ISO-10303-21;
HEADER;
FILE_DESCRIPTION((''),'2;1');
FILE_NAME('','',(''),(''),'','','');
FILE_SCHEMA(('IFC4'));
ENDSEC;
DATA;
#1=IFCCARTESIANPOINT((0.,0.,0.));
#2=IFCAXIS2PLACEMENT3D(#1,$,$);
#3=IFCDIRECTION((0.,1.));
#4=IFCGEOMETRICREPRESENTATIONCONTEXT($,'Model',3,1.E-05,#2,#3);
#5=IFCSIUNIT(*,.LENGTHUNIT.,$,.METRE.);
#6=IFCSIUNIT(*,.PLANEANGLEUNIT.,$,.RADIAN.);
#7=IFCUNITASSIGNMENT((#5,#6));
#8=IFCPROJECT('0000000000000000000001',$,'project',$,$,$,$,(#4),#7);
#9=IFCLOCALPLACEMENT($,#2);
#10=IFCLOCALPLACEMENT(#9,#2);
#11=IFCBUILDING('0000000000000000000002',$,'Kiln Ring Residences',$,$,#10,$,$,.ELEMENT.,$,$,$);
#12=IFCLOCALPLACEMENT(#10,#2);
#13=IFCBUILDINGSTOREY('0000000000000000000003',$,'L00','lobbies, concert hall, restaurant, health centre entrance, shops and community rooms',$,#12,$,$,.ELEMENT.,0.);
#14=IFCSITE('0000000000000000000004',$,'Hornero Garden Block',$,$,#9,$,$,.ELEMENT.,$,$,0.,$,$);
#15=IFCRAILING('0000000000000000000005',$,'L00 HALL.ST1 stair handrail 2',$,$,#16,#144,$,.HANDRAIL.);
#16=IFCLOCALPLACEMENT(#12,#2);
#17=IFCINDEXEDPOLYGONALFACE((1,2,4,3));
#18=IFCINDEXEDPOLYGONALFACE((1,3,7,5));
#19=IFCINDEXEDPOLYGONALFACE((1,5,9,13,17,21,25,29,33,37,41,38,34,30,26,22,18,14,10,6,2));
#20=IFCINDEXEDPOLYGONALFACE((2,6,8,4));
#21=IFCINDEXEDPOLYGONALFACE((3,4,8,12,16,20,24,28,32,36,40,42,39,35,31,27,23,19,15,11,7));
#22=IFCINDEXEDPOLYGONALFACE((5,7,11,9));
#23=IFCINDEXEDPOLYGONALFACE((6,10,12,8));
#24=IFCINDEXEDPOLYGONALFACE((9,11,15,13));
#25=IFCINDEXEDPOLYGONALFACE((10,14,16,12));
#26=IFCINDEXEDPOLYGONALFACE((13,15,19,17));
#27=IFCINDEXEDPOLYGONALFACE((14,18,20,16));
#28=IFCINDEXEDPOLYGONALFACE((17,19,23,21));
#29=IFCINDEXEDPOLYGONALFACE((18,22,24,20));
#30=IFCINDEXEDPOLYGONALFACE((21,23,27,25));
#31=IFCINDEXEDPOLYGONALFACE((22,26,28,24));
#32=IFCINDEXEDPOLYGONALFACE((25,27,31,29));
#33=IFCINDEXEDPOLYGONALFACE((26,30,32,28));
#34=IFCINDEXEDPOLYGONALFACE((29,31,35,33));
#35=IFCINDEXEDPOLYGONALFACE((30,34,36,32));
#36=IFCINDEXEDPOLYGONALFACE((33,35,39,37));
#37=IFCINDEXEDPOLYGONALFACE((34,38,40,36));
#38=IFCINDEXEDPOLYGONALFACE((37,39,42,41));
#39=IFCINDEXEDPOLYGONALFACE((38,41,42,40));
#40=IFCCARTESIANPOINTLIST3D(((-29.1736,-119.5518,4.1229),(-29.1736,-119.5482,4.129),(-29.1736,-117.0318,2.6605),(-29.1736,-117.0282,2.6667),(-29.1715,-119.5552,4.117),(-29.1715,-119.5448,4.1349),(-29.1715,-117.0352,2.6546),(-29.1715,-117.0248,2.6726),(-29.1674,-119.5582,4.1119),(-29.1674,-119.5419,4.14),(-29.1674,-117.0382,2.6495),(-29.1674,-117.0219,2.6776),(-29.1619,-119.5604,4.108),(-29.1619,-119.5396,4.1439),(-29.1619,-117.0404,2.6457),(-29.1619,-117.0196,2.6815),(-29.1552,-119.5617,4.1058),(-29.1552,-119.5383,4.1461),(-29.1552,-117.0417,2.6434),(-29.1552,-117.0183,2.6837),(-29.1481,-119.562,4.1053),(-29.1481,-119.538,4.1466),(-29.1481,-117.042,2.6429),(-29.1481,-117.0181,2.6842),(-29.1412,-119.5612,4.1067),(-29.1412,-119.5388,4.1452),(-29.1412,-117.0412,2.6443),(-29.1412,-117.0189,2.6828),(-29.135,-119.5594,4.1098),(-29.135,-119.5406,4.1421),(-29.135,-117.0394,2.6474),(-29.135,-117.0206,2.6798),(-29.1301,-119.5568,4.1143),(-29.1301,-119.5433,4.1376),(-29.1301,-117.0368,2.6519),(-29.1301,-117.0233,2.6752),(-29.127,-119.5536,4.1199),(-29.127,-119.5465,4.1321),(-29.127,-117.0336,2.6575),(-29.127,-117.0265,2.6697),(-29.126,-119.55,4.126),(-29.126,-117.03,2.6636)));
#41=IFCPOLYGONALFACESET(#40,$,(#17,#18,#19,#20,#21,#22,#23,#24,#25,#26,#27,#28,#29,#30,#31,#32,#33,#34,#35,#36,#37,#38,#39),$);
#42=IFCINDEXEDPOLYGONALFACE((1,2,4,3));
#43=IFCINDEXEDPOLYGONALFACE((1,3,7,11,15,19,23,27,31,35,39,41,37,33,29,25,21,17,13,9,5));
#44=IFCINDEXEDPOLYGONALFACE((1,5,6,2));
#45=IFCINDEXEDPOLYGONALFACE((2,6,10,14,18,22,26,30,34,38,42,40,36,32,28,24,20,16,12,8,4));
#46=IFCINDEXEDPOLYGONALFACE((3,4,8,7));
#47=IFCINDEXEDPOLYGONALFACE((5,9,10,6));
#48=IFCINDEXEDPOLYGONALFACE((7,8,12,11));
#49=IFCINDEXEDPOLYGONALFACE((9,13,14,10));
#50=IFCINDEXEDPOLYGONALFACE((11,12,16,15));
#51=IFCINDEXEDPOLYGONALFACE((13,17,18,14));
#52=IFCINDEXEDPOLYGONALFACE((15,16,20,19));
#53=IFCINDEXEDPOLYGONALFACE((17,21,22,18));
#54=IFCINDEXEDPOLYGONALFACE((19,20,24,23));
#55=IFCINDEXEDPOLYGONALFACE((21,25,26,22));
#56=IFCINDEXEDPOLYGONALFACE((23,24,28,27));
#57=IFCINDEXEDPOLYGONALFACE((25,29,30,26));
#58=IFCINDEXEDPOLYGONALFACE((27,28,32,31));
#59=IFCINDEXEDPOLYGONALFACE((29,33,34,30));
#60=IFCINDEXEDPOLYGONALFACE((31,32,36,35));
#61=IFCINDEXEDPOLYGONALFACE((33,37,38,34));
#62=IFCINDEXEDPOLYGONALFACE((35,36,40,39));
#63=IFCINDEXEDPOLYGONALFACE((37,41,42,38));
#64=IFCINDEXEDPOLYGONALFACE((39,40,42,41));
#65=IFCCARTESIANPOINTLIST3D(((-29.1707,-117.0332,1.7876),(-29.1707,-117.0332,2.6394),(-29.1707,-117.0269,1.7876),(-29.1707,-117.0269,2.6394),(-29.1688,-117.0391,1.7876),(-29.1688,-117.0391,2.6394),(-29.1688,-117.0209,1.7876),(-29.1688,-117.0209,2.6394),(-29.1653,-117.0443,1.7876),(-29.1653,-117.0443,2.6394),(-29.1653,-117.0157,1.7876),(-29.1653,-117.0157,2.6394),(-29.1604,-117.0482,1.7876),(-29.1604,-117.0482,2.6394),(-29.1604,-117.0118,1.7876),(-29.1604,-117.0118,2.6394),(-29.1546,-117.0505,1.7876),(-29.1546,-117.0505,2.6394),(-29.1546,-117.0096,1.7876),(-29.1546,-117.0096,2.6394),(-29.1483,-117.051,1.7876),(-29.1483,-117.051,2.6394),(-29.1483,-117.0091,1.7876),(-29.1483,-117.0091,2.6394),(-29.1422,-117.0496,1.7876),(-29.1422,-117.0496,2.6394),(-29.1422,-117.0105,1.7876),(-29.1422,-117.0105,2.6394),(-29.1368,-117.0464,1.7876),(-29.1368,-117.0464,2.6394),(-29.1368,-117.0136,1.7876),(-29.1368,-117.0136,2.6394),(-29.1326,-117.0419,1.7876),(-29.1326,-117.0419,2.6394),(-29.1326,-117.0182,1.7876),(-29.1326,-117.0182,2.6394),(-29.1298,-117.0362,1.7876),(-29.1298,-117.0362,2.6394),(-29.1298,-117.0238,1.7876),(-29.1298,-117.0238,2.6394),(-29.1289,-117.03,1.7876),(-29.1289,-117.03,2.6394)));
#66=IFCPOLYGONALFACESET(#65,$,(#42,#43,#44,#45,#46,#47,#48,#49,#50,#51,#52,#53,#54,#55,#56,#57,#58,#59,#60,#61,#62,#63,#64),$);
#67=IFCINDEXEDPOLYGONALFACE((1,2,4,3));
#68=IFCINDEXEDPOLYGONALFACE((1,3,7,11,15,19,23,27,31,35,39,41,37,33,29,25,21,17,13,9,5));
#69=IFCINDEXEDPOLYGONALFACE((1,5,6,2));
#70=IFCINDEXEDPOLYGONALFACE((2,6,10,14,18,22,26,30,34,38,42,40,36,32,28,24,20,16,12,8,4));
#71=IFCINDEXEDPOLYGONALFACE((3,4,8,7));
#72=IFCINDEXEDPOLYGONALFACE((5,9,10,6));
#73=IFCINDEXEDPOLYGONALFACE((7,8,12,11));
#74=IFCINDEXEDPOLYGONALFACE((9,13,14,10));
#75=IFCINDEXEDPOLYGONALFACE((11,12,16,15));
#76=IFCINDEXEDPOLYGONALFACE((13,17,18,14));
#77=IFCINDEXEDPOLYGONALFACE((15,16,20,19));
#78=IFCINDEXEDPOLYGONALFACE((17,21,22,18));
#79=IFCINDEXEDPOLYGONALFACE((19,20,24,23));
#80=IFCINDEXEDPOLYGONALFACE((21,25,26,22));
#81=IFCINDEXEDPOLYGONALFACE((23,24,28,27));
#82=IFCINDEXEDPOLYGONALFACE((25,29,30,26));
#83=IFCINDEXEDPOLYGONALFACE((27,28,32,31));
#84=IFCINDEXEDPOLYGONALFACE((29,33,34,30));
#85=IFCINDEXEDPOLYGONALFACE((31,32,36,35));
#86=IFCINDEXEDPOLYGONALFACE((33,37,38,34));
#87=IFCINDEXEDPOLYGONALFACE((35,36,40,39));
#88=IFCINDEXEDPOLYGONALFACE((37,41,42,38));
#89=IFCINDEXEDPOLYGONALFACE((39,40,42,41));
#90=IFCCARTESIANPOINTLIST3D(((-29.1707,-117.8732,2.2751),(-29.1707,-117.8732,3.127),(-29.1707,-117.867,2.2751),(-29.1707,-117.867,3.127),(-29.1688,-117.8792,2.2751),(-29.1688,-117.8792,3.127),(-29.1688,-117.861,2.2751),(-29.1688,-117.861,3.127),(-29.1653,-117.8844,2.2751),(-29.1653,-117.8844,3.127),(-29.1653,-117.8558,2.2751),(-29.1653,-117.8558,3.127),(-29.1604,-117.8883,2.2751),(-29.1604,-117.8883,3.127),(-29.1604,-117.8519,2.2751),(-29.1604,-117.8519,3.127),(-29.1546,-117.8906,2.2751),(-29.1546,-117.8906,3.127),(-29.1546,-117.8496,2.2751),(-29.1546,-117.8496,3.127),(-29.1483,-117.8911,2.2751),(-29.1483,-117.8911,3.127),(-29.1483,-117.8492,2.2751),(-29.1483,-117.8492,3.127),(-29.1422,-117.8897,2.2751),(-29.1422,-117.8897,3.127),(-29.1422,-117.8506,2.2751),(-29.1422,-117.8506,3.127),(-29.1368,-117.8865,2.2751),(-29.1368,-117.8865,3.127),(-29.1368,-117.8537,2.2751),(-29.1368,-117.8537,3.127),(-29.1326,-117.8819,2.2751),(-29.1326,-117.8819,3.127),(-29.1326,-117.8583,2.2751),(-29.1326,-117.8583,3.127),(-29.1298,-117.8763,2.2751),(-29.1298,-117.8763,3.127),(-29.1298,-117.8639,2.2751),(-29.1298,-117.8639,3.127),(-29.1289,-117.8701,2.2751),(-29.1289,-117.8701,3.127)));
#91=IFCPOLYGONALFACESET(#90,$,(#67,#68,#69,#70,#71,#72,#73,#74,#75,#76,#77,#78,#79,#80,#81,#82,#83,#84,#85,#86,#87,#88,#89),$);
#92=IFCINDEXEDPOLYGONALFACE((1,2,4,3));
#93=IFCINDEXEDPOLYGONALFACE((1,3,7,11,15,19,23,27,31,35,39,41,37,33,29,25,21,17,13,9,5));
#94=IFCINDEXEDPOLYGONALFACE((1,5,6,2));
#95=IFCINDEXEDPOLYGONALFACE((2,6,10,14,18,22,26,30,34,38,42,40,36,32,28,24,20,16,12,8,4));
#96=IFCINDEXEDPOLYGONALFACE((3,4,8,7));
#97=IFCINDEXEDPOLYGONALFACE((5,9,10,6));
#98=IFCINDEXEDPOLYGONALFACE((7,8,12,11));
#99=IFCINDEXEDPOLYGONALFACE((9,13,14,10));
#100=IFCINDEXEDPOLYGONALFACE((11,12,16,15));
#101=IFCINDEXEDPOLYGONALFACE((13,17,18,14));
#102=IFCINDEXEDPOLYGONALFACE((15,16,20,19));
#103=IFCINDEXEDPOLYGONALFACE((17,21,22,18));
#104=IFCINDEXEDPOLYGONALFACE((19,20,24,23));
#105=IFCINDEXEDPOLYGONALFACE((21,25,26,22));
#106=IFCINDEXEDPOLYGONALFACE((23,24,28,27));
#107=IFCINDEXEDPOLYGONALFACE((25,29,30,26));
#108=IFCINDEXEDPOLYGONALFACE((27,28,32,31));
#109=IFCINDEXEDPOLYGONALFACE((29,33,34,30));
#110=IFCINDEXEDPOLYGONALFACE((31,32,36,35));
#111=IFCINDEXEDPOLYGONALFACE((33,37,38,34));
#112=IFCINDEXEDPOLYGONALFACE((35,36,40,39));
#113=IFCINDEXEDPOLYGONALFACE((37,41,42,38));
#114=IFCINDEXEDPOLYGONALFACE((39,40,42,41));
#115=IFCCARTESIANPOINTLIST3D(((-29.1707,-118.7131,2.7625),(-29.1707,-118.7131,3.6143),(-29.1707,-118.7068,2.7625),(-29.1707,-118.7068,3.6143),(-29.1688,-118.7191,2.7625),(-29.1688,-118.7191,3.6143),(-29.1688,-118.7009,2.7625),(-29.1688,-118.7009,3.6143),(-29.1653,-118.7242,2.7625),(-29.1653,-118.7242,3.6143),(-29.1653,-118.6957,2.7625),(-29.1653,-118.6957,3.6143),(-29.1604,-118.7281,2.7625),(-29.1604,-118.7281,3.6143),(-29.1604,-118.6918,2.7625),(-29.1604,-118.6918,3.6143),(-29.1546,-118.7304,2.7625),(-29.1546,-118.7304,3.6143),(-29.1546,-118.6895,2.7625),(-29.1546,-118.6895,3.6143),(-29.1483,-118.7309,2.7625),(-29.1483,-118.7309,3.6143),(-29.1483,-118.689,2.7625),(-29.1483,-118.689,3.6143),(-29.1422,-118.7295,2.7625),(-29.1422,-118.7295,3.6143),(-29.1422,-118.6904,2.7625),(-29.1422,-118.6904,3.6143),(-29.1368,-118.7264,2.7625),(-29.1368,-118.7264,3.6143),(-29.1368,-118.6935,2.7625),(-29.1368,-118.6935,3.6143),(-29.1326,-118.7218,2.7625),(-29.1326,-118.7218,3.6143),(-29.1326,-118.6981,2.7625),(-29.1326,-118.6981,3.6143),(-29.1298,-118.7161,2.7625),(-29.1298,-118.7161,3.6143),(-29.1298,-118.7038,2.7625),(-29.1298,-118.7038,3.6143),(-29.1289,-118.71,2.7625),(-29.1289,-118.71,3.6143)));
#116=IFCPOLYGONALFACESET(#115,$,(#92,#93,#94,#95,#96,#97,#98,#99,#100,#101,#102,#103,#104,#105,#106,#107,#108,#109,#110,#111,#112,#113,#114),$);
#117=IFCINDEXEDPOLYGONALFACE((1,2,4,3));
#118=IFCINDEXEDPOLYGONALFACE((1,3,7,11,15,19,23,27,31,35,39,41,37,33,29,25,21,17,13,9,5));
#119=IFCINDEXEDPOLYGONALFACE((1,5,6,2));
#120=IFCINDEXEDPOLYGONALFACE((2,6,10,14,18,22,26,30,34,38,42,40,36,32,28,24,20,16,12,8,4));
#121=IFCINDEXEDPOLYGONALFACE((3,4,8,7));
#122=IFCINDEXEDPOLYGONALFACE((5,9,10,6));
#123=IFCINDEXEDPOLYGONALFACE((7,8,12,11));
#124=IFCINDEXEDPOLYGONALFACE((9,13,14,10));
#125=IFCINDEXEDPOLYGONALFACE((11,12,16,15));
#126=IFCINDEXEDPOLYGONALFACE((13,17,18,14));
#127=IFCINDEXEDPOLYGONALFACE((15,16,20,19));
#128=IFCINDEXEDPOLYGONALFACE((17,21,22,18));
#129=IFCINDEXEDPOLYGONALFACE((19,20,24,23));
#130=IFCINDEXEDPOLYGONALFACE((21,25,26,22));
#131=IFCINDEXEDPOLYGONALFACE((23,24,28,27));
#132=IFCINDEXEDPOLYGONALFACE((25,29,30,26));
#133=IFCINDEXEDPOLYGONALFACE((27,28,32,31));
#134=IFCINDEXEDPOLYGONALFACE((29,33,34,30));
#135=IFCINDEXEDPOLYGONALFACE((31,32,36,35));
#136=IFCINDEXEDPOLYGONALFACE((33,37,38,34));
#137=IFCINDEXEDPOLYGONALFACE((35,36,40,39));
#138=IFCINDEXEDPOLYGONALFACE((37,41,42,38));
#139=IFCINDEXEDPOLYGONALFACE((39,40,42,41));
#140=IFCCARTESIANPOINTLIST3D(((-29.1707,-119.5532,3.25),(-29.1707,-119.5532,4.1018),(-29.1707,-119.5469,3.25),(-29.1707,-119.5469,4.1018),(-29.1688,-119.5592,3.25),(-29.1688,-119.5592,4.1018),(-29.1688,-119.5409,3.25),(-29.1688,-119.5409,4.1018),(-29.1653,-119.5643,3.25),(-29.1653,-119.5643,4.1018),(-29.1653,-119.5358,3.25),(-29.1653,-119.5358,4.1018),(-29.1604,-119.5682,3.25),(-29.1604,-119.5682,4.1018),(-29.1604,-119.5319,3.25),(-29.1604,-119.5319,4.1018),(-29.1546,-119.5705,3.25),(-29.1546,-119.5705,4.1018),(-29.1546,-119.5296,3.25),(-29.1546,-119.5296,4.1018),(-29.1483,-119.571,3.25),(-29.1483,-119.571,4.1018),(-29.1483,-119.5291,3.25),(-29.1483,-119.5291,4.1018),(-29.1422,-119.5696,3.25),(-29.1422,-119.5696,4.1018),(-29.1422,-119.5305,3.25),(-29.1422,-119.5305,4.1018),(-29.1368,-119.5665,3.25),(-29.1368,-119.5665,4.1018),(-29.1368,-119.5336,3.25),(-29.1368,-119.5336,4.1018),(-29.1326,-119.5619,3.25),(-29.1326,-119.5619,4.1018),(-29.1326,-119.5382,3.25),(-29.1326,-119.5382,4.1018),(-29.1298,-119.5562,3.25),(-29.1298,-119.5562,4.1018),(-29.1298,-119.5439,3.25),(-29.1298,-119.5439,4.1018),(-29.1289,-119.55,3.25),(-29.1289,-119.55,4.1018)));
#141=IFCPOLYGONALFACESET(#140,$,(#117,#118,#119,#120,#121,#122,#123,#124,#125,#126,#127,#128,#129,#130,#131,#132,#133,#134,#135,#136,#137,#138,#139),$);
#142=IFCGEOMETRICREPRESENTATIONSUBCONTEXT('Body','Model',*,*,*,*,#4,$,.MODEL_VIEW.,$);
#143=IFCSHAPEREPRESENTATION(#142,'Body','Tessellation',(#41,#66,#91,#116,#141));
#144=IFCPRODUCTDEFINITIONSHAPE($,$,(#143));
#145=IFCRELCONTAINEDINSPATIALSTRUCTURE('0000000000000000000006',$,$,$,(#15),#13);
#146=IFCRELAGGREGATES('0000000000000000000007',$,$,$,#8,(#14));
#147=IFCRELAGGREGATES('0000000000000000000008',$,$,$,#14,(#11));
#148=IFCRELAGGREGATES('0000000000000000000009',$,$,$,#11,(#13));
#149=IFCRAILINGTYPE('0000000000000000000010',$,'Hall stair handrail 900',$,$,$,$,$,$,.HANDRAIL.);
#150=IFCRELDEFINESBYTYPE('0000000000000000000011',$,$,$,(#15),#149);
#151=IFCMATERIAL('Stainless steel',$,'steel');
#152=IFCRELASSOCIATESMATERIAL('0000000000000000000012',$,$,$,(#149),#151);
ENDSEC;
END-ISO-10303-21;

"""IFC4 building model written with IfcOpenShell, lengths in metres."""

from ifc_helpers import new_model, si_unit, direction, frame, origin, origin_2d, place, context, subcontext, project, spatial, circle, extrude, material, type_object, element, save


model = new_model("IFC4")

# Units and contexts
model_context = context("Model", 3, precision=1e-05, world=origin(), true_north=direction((0.0, 1.0)))
body_context = subcontext(model_context, "Body", "Model", "MODEL_VIEW")
ifc_project = project(units=[si_unit("LENGTHUNIT", "METRE"), si_unit("PLANEANGLEUNIT", "RADIAN")], contexts=[model_context])

# Site, building, storey
site_placement = place(None, origin())
site = spatial("IfcSite", under=ifc_project, at=site_placement, Name="Hornero Garden Block", CompositionType="ELEMENT", RefElevation=0.0)
building_placement = place(site_placement, origin())
building = spatial("IfcBuilding", under=site, at=building_placement, Name="Kiln Ring Residences", CompositionType="ELEMENT")
storey_placement = place(building_placement, origin())
storey = spatial("IfcBuildingStorey", under=building, at=storey_placement, Name="L00", Description="lobbies, concert hall, restaurant, health centre entrance, shops and community rooms", CompositionType="ELEMENT", Elevation=0.0)

# Railing
ifc_material_1 = material(Name="Stainless steel", Category="steel")
railing_type_1 = type_object("IfcRailingType", Name="Hall stair handrail 900", PredefinedType="HANDRAIL", material=ifc_material_1)
for number, where, name in (
    (1, (-29.1499, -117.03, 1.7876), "L00 HALL.ST1 stair handrail 2"),
):
    element("IfcRailing", number, at=place(storey_placement, frame(where)), inside=storey, type_object=railing_type_1, Name=name, PredefinedType="HANDRAIL", context=body_context, shape_type="SweptSolid", body=[
        extrude(circle(Radius=0.0239, at=origin_2d()), frame((0.0, 0.0, 0.876), z_axis=(0.0, -0.864913, 0.501921), x_axis=(1.0, 0.0, 0.0)), (0.0, 0.0, 1.0), 2.9136),
        extrude(circle(Radius=0.021, at=origin_2d()), origin(), (0.0, 0.0, 1.0), 0.8518),
        extrude(circle(Radius=0.021, at=origin_2d()), frame((0.0, -0.8401, 0.4875)), (0.0, 0.0, 1.0), 0.8518),
        extrude(circle(Radius=0.021, at=origin_2d()), frame((0.0, -1.6799, 0.9749)), (0.0, 0.0, 1.0), 0.8518),
        extrude(circle(Radius=0.021, at=origin_2d()), frame((0.0, -2.52, 1.4624)), (0.0, 0.0, 1.0), 0.8518),
    ])

save(model, "model.ifc")
